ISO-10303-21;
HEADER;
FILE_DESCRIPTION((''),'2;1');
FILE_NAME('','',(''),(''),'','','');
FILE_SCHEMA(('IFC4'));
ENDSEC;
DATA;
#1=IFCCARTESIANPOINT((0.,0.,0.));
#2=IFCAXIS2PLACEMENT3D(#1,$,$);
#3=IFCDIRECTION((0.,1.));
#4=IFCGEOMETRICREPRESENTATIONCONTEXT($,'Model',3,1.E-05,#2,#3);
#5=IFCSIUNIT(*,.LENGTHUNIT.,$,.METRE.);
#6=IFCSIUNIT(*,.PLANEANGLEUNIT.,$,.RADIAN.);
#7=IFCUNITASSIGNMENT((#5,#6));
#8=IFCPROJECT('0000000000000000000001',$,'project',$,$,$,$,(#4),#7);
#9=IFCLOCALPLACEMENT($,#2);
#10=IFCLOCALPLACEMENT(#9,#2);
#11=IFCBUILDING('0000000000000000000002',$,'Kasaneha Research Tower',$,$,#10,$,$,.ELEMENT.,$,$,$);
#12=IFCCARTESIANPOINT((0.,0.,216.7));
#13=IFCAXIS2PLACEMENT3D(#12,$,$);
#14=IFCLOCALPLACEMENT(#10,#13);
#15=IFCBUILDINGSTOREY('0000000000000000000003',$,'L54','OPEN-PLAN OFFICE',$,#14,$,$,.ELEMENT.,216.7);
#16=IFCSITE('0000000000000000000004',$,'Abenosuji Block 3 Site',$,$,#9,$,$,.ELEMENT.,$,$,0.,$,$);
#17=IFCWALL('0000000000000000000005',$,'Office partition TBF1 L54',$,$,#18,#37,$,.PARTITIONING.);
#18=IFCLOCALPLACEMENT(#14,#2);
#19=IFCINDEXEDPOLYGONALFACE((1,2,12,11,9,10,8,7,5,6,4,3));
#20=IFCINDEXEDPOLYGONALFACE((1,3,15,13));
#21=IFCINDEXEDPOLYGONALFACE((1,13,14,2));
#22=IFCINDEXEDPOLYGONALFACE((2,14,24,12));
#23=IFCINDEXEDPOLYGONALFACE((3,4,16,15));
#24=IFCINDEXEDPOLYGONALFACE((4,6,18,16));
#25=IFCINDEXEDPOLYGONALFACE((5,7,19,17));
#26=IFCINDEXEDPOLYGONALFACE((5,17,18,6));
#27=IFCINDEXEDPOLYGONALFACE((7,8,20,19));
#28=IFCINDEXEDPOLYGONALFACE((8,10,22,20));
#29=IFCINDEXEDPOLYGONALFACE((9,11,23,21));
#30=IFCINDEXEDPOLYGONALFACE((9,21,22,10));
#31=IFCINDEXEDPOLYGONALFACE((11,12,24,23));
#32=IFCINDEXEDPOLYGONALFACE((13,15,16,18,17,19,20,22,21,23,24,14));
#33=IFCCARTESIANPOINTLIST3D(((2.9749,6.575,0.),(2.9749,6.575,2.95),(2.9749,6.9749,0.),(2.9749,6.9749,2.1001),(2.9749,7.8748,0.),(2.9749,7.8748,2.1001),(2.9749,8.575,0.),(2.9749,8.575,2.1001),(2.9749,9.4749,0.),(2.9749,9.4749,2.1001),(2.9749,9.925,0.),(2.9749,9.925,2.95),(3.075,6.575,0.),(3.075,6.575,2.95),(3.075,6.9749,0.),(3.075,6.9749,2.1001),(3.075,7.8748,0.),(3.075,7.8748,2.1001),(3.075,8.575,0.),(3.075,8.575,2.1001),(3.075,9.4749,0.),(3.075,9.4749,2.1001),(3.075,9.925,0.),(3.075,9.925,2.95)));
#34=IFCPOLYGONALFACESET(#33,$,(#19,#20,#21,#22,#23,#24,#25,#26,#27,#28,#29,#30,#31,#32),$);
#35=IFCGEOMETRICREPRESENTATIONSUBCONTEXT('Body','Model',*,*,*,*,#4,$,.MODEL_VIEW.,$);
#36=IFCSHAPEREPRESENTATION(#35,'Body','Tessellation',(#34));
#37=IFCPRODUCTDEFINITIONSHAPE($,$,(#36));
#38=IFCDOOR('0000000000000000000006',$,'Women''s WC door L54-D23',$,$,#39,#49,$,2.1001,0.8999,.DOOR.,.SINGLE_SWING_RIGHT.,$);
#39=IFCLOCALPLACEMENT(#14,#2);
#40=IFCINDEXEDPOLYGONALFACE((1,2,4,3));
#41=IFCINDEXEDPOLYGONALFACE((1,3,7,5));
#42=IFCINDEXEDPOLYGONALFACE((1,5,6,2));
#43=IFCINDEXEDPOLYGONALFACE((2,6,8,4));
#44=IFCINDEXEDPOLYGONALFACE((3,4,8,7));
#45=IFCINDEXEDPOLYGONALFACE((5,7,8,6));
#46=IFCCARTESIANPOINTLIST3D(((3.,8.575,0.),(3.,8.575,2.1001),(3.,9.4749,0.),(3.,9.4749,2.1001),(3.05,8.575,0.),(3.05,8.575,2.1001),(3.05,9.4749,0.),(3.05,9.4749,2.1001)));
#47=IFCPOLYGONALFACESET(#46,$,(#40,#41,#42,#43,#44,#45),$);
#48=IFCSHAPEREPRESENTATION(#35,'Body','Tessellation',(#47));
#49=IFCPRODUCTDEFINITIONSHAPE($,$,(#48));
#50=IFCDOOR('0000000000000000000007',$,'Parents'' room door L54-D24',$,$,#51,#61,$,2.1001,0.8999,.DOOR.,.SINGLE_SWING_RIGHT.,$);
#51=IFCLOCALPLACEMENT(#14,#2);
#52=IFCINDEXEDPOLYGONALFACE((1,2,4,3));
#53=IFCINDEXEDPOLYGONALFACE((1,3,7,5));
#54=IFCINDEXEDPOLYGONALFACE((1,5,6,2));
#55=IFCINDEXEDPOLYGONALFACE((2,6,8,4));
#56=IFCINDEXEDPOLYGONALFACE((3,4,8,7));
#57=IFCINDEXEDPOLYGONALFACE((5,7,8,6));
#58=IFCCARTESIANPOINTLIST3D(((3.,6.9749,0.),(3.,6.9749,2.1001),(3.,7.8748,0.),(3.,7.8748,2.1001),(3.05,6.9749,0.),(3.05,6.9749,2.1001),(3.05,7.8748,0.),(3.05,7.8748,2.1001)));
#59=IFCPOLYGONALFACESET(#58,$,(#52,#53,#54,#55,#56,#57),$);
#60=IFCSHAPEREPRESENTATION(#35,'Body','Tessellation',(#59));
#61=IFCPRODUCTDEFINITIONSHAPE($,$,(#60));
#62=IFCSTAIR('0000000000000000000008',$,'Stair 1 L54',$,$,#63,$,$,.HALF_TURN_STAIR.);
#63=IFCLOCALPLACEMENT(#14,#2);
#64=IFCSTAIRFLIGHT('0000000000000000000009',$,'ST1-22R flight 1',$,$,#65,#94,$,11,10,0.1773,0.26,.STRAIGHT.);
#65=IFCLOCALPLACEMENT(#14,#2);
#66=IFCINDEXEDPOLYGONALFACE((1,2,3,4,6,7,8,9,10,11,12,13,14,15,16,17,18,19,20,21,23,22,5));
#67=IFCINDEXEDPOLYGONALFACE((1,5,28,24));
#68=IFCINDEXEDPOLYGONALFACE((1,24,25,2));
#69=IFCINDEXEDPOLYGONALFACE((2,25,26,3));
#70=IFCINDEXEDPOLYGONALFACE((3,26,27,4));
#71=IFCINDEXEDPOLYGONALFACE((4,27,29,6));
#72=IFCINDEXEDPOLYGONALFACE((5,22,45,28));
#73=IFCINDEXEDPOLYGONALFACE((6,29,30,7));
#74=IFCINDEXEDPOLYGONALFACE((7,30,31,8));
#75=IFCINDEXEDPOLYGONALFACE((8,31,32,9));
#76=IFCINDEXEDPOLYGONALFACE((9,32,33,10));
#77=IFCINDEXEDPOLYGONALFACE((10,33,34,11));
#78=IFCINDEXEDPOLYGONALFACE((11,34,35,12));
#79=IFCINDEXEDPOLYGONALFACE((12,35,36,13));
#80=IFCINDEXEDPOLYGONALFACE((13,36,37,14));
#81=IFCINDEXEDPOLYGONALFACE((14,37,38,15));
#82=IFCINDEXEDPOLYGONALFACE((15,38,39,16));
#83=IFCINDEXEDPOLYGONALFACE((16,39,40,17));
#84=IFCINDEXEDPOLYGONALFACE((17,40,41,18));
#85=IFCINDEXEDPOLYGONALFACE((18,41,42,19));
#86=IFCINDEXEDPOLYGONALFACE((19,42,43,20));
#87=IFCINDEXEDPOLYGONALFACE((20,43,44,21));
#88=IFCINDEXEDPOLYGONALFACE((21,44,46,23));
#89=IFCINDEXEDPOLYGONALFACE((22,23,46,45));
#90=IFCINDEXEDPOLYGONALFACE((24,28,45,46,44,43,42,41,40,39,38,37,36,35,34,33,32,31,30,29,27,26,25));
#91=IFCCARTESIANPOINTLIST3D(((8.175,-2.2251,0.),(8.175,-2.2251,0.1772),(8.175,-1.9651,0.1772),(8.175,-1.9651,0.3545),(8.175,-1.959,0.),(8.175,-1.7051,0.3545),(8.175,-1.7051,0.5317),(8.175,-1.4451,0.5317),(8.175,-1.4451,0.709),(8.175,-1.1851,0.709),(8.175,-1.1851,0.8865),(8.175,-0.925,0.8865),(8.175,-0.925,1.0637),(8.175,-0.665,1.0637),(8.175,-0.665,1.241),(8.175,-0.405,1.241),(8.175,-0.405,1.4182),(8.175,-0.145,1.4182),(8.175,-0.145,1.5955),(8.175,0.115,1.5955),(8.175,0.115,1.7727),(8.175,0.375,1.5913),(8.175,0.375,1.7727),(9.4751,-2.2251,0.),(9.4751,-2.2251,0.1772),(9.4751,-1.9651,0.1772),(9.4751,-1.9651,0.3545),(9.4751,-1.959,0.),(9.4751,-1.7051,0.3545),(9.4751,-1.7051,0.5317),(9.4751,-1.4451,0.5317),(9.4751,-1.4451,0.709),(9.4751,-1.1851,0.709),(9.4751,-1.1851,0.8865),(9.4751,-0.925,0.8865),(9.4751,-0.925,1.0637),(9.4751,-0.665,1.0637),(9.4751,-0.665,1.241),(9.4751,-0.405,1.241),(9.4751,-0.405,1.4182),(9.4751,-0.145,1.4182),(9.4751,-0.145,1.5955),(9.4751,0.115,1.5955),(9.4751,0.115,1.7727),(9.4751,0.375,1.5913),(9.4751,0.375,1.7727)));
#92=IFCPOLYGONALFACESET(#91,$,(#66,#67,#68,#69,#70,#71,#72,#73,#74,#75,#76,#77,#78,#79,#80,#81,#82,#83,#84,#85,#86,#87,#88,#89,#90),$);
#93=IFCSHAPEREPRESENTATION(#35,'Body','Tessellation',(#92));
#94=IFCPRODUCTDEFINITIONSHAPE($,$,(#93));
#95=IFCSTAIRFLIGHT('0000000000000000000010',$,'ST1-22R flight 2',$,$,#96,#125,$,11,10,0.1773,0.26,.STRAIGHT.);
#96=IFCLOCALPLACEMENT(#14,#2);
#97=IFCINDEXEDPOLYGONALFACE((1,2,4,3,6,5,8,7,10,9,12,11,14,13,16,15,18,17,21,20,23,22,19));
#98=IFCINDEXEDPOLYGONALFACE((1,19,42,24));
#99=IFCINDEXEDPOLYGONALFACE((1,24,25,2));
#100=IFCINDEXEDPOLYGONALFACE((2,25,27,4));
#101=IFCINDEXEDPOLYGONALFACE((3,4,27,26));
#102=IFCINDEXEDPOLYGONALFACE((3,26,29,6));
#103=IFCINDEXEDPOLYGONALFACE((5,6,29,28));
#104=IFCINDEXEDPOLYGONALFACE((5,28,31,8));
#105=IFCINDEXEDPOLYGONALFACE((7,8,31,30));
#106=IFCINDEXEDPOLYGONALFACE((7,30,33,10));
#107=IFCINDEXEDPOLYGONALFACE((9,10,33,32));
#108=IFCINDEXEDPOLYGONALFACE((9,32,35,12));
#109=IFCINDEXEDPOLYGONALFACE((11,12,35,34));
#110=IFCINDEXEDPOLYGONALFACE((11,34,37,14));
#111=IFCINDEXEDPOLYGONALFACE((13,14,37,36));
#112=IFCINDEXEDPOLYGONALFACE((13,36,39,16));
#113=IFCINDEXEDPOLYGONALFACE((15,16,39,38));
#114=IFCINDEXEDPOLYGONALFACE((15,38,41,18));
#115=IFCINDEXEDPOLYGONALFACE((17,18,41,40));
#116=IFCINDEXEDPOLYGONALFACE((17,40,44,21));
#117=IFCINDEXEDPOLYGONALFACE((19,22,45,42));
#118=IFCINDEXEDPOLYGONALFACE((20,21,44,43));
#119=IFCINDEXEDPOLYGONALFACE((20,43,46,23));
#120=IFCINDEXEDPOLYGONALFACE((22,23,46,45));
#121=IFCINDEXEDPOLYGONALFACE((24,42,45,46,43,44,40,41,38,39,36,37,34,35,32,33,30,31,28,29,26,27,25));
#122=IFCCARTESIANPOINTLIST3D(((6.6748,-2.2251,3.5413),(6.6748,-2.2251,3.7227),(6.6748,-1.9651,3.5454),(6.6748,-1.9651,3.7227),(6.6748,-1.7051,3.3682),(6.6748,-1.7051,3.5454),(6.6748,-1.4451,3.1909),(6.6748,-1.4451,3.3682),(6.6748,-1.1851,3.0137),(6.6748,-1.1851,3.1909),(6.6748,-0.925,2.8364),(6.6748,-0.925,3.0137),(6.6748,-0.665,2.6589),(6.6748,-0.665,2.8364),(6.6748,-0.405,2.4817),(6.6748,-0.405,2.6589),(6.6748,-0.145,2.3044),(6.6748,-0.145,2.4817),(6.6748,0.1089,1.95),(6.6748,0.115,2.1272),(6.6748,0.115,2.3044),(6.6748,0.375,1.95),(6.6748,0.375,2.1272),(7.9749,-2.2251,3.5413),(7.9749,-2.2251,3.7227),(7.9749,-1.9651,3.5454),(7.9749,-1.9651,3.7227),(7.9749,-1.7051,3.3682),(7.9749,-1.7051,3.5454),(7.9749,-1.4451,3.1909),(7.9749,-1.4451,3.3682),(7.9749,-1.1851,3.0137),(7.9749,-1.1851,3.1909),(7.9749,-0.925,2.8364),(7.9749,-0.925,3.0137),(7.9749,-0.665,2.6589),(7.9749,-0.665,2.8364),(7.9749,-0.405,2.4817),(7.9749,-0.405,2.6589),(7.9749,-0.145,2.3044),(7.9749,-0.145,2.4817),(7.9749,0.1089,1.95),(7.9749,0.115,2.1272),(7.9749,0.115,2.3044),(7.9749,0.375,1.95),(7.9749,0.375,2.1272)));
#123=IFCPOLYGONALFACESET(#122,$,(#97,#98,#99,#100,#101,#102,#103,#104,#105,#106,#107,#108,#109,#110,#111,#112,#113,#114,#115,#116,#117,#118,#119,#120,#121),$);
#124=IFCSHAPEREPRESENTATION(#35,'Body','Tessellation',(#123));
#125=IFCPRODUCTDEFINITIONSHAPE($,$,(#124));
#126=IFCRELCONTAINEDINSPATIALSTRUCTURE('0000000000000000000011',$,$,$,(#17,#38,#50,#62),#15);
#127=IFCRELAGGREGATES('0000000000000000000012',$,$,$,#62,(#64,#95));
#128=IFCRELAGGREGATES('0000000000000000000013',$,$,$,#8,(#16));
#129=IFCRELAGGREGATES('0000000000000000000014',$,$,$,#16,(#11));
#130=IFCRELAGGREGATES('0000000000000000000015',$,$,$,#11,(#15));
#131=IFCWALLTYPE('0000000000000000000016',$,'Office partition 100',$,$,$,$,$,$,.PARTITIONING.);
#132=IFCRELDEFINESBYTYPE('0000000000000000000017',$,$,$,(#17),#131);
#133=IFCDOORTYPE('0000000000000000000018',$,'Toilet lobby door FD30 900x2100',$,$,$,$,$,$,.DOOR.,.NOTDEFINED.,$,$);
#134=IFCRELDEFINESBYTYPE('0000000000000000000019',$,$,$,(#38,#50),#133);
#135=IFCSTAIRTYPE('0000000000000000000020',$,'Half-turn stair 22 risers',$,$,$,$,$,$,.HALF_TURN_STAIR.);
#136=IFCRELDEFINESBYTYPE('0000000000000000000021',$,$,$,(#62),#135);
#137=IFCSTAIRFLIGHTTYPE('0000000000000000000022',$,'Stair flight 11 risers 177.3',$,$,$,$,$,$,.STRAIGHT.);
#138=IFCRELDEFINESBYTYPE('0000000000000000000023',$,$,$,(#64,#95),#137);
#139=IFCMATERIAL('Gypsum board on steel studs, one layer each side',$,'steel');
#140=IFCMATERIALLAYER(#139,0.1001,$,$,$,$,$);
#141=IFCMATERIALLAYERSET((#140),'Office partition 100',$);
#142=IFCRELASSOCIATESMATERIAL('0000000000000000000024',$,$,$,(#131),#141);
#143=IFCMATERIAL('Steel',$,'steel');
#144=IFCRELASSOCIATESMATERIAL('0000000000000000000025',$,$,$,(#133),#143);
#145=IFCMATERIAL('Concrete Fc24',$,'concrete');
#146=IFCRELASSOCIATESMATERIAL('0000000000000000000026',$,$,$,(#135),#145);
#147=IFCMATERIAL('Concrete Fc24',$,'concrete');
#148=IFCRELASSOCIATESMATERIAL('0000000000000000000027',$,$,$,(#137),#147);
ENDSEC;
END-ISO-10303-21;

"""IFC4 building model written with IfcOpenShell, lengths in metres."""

from ifc_helpers import new_model, si_unit, direction, frame, frame_2d, origin, place, context, subcontext, project, spatial, polyline, rectangle, outline, extrude, material, layer, layer_set, type_object, element, fill, aggregate, save


model = new_model("IFC4")

# Units and contexts
model_context = context("Model", 3, precision=1e-05, world=origin(), true_north=direction((0.0, 1.0)))
body_context = subcontext(model_context, "Body", "Model", "MODEL_VIEW")
ifc_project = project(units=[si_unit("LENGTHUNIT", "METRE"), si_unit("PLANEANGLEUNIT", "RADIAN")], contexts=[model_context])

# Site, building, storey
site_placement = place(None, origin())
site = spatial("IfcSite", under=ifc_project, at=site_placement, Name="Abenosuji Block 3 Site", CompositionType="ELEMENT", RefElevation=0.0)
building_placement = place(site_placement, origin())
building = spatial("IfcBuilding", under=site, at=building_placement, Name="Kasaneha Research Tower", CompositionType="ELEMENT")
storey_placement = place(building_placement, frame((0.0, 0.0, 216.7)))
storey = spatial("IfcBuildingStorey", under=building, at=storey_placement, Name="L54", Description="OPEN-PLAN OFFICE", CompositionType="ELEMENT", Elevation=216.7)

# Wall, openings, doors
ifc_material_1 = material(Name="Gypsum board on steel studs, one layer each side", Category="steel")
ifc_layer_1 = layer(ifc_material_1, 0.1001)
ifc_layer_set_1 = layer_set([ifc_layer_1], Name="Office partition 100")
wall_type_1 = type_object("IfcWallType", Name="Office partition 100", PredefinedType="PARTITIONING", material=ifc_layer_set_1)
wall_1_placement = place(storey_placement, frame((3.0249, 6.575, 0.0), z_axis=(0.0, 0.0, 1.0), x_axis=(0.0, 1.0, 0.0)))
wall_1 = element("IfcWall", 1, at=wall_1_placement, inside=storey, type_object=wall_type_1, Name="Office partition TBF1 L54", PredefinedType="PARTITIONING", context=body_context, shape_type="SweptSolid", body=[
    extrude(rectangle(XDim=3.3501, YDim=0.1001, at=frame_2d((1.675, 0.0))), origin(), (0.0, 0.0, 1.0), 2.95),
])
opening_1_placement = place(wall_1_placement, frame((2.0, 0.0, 0.0)))
opening_1 = element("IfcOpeningElement", 2, at=opening_1_placement, cuts=wall_1, PredefinedType="OPENING", context=body_context, shape_type="SweptSolid", body=[
    extrude(rectangle(XDim=0.8999, YDim=2.1001, at=frame_2d((0.45, 1.05))), frame((0.0, 0.0601, 0.0), z_axis=(0.0, -1.0, 0.0), x_axis=(1.0, 0.0, 0.0)), (0.0, 0.0, 1.0), 0.1201),
])
opening_2_placement = place(wall_1_placement, frame((0.3999, 0.0, 0.0)))
opening_2 = element("IfcOpeningElement", 3, at=opening_2_placement, cuts=wall_1, PredefinedType="OPENING", context=body_context, shape_type="SweptSolid", body=[
    extrude(rectangle(XDim=0.8999, YDim=2.1001, at=frame_2d((0.45, 1.05))), frame((0.0, 0.0601, 0.0), z_axis=(0.0, -1.0, 0.0), x_axis=(1.0, 0.0, 0.0)), (0.0, 0.0, 1.0), 0.1201),
])
ifc_material_2 = material(Name="Steel", Category="steel")
door_type_1 = type_object("IfcDoorType", Name="Toilet lobby door FD30 900x2100", OperationType="NOTDEFINED", PredefinedType="DOOR", material=ifc_material_2)
door_1_placement = place(opening_1_placement, origin())
door_1 = element("IfcDoor", 4, at=door_1_placement, inside=storey, type_object=door_type_1, Name="Women's WC door L54-D23", OperationType="SINGLE_SWING_RIGHT", OverallHeight=2.1001, OverallWidth=0.8999, PredefinedType="DOOR", context=body_context, shape_type="SweptSolid", body=[
    extrude(rectangle(XDim=0.8999, YDim=2.1001, at=frame_2d((0.45, 1.05))), frame((0.0, 0.0249, 0.0), z_axis=(0.0, -1.0, 0.0), x_axis=(1.0, 0.0, 0.0)), (0.0, 0.0, 1.0), 0.05),
])
fill(opening_1, door_1)
door_2_placement = place(opening_2_placement, origin())
door_2 = element("IfcDoor", 5, at=door_2_placement, inside=storey, type_object=door_type_1, Name="Parents' room door L54-D24", OperationType="SINGLE_SWING_RIGHT", OverallHeight=2.1001, OverallWidth=0.8999, PredefinedType="DOOR", context=body_context, shape_type="SweptSolid", body=[
    extrude(rectangle(XDim=0.8999, YDim=2.1001, at=frame_2d((0.45, 1.05))), frame((0.0, 0.0249, 0.0), z_axis=(0.0, -1.0, 0.0), x_axis=(1.0, 0.0, 0.0)), (0.0, 0.0, 1.0), 0.05),
])
fill(opening_2, door_2)

# Stair, stair flights
ifc_material_3 = material(Name="Concrete Fc24", Category="concrete")
stair_type = type_object("IfcStairType", Name="Half-turn stair 22 risers", PredefinedType="HALF_TURN_STAIR", material=ifc_material_3)
stair_placement = place(storey_placement, origin())
stair = element("IfcStair", 6, at=stair_placement, inside=storey, type_object=stair_type, Name="Stair 1 L54", PredefinedType="HALF_TURN_STAIR")
ifc_material_4 = material(Name="Concrete Fc24", Category="concrete")
stair_flight_type = type_object("IfcStairFlightType", Name="Stair flight 11 risers 177.3", PredefinedType="STRAIGHT", material=ifc_material_4)
stair_flight_1_placement = place(storey_placement, frame((8.825, -2.2251, 0.0), z_axis=(0.0, 0.0, 1.0), x_axis=(0.0, 1.0, 0.0)))
stair_flight_1 = element("IfcStairFlight", 7, at=stair_flight_1_placement, type_object=stair_flight_type, Name="ST1-22R flight 1", NumberOfRisers=11, NumberOfTreads=10, PredefinedType="STRAIGHT", RiserHeight=0.1773, TreadLength=0.26, context=body_context, shape_type="SweptSolid", body=[
    extrude(outline(polyline([(0.0, 0.0), (0.0, 0.1772), (0.26, 0.1772), (0.26, 0.3545), (0.52, 0.3545), (0.52, 0.5317), (0.78, 0.5317), (0.78, 0.709), (1.04, 0.709), (1.04, 0.8865), (1.3, 0.8865), (1.3, 1.0637), (1.5601, 1.0637), (1.5601, 1.241), (1.8201, 1.241), (1.8201, 1.4182), (2.0801, 1.4182), (2.0801, 1.5955), (2.3401, 1.5955), (2.3401, 1.7727), (2.6001, 1.7727), (2.6001, 1.95), (2.6001, 1.5913), (0.2661, 0.0), (0.0, 0.0)])), frame((0.0, 0.6499, 0.0), z_axis=(0.0, -1.0, 0.0), x_axis=(1.0, 0.0, 0.0)), (0.0, 0.0, 1.0), 1.3),
])
stair_flight_2_placement = place(storey_placement, frame((7.325, 0.375, 1.95), z_axis=(0.0, 0.0, 1.0), x_axis=(0.0, -1.0, 0.0)))
stair_flight_2 = element("IfcStairFlight", 8, at=stair_flight_2_placement, type_object=stair_flight_type, Name="ST1-22R flight 2", NumberOfRisers=11, NumberOfTreads=10, PredefinedType="STRAIGHT", RiserHeight=0.1773, TreadLength=0.26, context=body_context, shape_type="SweptSolid", body=[
    extrude(outline(polyline([(0.0, 0.0), (0.0, 0.1772), (0.26, 0.1772), (0.26, 0.3545), (0.52, 0.3545), (0.52, 0.5317), (0.78, 0.5317), (0.78, 0.709), (1.04, 0.709), (1.04, 0.8865), (1.3, 0.8865), (1.3, 1.0637), (1.5601, 1.0637), (1.5601, 1.241), (1.8201, 1.241), (1.8201, 1.4182), (2.0801, 1.4182), (2.0801, 1.5955), (2.3401, 1.5955), (2.3401, 1.7727), (2.6001, 1.7727), (2.6001, 1.95), (2.6001, 1.5913), (0.2661, 0.0), (0.0, 0.0)])), frame((0.0, 0.6499, 0.0), z_axis=(0.0, -1.0, 0.0), x_axis=(1.0, 0.0, 0.0)), (0.0, 0.0, 1.0), 1.3),
])
aggregate(stair, [stair_flight_1, stair_flight_2])

save(model, "model.ifc")
